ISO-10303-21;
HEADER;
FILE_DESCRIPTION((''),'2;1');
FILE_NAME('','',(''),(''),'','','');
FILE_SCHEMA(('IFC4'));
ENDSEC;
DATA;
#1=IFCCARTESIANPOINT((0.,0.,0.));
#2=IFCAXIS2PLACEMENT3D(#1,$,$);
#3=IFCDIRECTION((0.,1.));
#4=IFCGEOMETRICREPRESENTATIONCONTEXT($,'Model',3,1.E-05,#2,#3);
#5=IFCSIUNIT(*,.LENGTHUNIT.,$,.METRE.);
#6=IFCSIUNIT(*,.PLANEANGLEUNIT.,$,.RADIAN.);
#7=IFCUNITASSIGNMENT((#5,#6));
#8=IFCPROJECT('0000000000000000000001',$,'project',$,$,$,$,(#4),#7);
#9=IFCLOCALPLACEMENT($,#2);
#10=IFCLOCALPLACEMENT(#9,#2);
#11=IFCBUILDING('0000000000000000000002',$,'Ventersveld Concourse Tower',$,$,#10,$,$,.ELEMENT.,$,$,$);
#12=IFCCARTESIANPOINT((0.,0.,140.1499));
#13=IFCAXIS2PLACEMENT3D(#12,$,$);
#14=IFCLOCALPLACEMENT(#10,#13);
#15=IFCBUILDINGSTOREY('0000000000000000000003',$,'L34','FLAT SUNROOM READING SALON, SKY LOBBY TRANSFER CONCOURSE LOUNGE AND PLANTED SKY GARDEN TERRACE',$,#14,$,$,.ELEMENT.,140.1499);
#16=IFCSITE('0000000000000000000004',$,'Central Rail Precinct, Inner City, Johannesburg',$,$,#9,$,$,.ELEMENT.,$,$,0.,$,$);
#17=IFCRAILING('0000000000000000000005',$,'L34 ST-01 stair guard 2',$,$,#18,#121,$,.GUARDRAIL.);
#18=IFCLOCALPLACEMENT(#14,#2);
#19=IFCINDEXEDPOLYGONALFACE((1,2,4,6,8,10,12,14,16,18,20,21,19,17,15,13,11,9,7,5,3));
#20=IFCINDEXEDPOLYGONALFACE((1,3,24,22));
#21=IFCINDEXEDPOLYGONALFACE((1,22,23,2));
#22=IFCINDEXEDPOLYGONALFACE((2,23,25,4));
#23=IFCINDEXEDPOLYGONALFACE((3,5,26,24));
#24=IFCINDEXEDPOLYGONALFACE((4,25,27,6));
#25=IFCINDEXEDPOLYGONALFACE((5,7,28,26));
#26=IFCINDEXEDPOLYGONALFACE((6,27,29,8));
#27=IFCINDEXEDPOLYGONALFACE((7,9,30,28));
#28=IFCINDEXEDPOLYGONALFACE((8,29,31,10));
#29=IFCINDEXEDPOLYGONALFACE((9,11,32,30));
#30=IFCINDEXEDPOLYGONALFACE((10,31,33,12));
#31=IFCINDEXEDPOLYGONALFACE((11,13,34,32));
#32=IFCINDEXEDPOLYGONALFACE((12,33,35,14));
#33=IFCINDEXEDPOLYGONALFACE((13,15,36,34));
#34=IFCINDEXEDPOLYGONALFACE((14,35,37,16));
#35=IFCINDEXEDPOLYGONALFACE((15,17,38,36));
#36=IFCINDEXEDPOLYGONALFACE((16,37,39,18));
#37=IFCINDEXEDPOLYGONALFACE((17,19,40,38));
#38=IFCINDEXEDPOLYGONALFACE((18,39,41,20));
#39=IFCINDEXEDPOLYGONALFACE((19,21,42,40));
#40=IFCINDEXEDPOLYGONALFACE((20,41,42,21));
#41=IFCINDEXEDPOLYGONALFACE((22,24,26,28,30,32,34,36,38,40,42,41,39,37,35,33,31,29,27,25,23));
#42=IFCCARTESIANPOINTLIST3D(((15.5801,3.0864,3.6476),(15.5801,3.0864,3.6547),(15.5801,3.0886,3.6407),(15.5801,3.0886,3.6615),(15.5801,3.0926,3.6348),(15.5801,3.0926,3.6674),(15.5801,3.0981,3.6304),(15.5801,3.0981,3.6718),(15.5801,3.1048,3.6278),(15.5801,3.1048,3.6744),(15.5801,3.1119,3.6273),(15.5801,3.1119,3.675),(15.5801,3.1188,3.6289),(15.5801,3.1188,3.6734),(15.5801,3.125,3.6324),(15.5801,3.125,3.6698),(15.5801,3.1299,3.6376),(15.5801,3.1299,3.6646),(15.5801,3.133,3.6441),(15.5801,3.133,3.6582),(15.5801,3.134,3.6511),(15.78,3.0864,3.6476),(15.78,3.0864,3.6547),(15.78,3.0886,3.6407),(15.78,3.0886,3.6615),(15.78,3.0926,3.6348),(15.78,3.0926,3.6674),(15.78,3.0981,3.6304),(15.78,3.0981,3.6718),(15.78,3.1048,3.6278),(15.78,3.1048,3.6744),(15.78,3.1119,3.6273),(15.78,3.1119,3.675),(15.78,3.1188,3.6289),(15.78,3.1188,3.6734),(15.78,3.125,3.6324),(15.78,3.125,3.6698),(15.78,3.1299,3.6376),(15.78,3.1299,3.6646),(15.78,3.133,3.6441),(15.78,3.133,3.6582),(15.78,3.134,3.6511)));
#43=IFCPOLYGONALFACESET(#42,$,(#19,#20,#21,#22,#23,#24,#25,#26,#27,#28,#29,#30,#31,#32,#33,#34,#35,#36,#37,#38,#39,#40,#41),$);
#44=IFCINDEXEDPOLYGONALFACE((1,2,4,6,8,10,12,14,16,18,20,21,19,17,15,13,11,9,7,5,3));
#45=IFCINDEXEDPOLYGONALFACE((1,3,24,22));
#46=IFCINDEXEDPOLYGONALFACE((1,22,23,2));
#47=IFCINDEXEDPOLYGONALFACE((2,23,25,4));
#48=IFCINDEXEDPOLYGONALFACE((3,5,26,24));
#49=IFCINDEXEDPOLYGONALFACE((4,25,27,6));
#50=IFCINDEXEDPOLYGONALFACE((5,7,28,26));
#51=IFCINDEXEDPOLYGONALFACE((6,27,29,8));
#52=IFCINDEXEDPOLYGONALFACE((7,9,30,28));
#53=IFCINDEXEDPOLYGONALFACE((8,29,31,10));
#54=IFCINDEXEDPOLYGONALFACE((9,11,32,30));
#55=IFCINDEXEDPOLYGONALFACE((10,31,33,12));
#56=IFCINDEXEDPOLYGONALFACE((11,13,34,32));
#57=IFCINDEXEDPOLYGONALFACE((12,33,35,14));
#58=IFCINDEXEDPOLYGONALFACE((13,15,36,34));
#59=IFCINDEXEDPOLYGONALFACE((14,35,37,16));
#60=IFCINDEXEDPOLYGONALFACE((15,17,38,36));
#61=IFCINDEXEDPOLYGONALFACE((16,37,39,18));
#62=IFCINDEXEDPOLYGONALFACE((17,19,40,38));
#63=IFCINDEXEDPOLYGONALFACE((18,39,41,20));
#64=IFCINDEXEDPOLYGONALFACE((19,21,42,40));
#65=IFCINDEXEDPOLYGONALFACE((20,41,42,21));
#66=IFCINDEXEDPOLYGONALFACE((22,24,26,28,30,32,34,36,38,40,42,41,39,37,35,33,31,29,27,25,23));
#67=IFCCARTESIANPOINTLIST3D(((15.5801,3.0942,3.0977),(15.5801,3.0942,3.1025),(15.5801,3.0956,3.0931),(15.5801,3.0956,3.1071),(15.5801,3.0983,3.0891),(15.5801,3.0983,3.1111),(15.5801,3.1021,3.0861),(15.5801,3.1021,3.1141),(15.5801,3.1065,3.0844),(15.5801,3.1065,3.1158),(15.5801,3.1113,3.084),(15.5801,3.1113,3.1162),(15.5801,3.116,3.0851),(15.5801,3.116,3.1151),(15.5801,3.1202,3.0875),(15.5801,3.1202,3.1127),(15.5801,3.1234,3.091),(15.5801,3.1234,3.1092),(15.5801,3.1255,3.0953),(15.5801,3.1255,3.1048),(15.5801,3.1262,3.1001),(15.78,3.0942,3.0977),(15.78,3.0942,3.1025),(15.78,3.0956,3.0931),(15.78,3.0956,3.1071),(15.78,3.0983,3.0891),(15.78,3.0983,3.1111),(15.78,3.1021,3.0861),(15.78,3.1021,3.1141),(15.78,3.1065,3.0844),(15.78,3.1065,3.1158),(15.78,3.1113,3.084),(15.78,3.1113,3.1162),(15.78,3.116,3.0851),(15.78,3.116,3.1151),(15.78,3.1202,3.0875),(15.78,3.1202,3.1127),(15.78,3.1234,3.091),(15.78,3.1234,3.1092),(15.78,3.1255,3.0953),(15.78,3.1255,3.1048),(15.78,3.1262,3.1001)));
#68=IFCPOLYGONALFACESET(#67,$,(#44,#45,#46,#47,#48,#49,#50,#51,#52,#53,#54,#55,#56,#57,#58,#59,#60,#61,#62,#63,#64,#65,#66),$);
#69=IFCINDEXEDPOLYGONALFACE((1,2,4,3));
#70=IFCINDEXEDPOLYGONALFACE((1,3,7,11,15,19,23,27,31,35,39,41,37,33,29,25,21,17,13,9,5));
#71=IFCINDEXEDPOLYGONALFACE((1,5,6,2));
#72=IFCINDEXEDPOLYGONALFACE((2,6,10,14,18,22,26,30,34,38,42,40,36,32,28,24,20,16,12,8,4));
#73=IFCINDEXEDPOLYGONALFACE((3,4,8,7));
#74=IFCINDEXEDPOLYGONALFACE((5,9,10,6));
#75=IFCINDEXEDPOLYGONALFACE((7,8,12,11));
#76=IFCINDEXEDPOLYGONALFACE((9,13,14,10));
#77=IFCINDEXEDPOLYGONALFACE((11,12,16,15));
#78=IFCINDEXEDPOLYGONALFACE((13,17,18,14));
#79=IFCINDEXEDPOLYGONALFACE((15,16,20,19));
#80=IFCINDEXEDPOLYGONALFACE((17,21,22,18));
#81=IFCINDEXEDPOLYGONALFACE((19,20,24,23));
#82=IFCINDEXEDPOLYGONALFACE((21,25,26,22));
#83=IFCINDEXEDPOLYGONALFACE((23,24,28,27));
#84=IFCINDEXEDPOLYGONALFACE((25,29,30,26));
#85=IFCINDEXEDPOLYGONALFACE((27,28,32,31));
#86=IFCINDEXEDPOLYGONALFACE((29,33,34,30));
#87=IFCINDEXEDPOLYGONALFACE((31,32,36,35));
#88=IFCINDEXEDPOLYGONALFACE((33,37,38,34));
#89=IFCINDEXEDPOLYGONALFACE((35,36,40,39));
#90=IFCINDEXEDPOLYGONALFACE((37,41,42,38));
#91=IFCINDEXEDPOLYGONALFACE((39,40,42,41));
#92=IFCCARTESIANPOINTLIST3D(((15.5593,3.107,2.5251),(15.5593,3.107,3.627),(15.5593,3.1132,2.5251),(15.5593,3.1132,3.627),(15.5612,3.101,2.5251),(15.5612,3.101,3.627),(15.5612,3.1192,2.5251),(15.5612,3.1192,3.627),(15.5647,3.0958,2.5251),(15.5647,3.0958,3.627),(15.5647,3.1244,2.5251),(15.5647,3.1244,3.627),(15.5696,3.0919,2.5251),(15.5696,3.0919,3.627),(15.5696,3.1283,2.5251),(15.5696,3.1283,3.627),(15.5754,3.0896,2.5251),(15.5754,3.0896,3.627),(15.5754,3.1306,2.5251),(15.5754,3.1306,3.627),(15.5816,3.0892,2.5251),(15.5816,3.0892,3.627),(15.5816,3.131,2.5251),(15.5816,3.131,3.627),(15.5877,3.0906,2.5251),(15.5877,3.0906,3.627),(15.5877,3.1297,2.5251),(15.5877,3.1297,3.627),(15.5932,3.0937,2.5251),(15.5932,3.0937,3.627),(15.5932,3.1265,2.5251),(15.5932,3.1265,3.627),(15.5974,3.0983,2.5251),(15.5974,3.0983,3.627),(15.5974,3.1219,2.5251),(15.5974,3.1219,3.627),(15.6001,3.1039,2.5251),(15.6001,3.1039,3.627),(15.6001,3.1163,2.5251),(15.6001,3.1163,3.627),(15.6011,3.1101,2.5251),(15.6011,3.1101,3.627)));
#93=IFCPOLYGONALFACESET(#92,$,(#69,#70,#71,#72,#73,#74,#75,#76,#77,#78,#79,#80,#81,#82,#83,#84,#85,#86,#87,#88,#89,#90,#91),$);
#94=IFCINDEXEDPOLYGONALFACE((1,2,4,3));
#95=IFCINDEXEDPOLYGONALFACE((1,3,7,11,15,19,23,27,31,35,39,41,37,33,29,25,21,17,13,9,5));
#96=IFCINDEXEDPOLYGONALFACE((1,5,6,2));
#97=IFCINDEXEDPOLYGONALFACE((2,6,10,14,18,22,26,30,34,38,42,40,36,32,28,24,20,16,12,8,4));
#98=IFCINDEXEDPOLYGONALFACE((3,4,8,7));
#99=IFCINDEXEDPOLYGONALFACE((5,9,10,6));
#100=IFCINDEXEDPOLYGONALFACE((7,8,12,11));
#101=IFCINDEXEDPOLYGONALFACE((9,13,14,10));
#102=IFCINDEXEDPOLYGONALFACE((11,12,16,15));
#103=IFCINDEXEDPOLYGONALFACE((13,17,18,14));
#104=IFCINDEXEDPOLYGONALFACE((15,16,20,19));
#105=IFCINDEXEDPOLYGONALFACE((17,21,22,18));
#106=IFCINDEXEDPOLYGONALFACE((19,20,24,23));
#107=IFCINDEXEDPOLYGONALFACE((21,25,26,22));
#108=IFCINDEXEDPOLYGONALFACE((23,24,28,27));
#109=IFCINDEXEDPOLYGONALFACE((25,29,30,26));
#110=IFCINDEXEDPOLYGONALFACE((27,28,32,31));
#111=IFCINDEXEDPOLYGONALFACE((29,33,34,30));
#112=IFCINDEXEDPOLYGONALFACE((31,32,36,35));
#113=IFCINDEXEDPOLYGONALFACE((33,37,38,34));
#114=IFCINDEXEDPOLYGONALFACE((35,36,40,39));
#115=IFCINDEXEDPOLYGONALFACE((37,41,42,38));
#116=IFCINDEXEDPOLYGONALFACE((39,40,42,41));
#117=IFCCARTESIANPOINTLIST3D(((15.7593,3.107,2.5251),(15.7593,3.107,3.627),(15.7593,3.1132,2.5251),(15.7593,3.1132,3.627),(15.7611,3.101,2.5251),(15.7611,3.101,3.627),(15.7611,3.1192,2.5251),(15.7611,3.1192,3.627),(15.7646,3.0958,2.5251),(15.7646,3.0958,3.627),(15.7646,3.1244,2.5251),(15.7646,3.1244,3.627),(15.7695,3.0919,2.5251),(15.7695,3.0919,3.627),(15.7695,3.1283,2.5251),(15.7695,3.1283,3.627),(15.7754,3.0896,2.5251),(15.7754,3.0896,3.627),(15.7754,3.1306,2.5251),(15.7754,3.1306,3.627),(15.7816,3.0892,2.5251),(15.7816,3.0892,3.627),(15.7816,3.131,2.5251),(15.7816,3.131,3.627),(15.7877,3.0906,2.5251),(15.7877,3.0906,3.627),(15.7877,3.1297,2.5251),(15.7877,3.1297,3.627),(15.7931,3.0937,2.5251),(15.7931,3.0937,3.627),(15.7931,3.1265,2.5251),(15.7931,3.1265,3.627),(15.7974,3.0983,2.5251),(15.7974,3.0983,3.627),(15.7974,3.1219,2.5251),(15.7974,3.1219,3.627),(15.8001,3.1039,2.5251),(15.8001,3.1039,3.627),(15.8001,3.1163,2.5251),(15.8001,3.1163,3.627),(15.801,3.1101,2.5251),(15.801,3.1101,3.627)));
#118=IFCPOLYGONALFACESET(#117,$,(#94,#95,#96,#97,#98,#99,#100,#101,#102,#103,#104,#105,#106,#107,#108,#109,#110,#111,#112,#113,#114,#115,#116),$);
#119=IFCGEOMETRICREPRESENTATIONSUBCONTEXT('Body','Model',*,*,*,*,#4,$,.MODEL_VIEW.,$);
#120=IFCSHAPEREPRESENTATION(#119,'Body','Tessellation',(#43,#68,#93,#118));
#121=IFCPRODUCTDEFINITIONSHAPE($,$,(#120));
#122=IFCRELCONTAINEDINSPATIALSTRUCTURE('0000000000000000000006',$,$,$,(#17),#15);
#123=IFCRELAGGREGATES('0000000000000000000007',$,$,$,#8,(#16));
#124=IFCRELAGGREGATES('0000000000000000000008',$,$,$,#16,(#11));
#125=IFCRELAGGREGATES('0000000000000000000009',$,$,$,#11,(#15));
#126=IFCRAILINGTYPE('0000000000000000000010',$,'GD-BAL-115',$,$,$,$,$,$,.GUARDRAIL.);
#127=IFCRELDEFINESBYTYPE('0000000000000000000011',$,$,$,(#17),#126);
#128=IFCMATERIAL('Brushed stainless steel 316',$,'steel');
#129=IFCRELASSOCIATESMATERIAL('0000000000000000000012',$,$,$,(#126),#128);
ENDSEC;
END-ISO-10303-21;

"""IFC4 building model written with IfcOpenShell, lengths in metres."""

from ifc_helpers import new_model, si_unit, direction, frame, origin, origin_2d, place, context, subcontext, project, spatial, circle, extrude, material, type_object, element, save


model = new_model("IFC4")

# Units and contexts
model_context = context("Model", 3, precision=1e-05, world=origin(), true_north=direction((0.0, 1.0)))
body_context = subcontext(model_context, "Body", "Model", "MODEL_VIEW")
ifc_project = project(units=[si_unit("LENGTHUNIT", "METRE"), si_unit("PLANEANGLEUNIT", "RADIAN")], contexts=[model_context])

# Site, building, storey
site_placement = place(None, origin())
site = spatial("IfcSite", under=ifc_project, at=site_placement, Name="Central Rail Precinct, Inner City, Johannesburg", CompositionType="ELEMENT", RefElevation=0.0)
building_placement = place(site_placement, origin())
building = spatial("IfcBuilding", under=site, at=building_placement, Name="Ventersveld Concourse Tower", CompositionType="ELEMENT")
storey_placement = place(building_placement, frame((0.0, 0.0, 140.1499)))
storey = spatial("IfcBuildingStorey", under=building, at=storey_placement, Name="L34", Description="FLAT SUNROOM READING SALON, SKY LOBBY TRANSFER CONCOURSE LOUNGE AND PLANTED SKY GARDEN TERRACE", CompositionType="ELEMENT", Elevation=140.1499)

# Railing
ifc_material_1 = material(Name="Brushed stainless steel 316", Category="steel")
railing_type_1 = type_object("IfcRailingType", Name="GD-BAL-115", PredefinedType="GUARDRAIL", material=ifc_material_1)
railing_1_placement = place(storey_placement, frame((15.5801, 3.1101, 2.5251)))
element("IfcRailing", 1, at=railing_1_placement, inside=storey, type_object=railing_type_1, Name="L34 ST-01 stair guard 2", PredefinedType="GUARDRAIL", context=body_context, shape_type="SweptSolid", body=[
    extrude(circle(Radius=0.0239, at=origin_2d()), frame((0.0, 0.0, 1.126), z_axis=(1.0, 0.0, 0.0), x_axis=(0.0, 1.0, 0.0)), (0.0, 0.0, 1.0), 0.2),
    extrude(circle(Radius=0.0161, at=origin_2d()), frame((0.0, 0.0, 0.575), z_axis=(1.0, 0.0, 0.0), x_axis=(0.0, 1.0, 0.0)), (0.0, 0.0, 1.0), 0.2),
    extrude(circle(Radius=0.021, at=origin_2d()), origin(), (0.0, 0.0, 1.0), 1.1018),
    extrude(circle(Radius=0.021, at=origin_2d()), frame((0.2, 0.0, 0.0)), (0.0, 0.0, 1.0), 1.1018),
])

save(model, "model.ifc")
